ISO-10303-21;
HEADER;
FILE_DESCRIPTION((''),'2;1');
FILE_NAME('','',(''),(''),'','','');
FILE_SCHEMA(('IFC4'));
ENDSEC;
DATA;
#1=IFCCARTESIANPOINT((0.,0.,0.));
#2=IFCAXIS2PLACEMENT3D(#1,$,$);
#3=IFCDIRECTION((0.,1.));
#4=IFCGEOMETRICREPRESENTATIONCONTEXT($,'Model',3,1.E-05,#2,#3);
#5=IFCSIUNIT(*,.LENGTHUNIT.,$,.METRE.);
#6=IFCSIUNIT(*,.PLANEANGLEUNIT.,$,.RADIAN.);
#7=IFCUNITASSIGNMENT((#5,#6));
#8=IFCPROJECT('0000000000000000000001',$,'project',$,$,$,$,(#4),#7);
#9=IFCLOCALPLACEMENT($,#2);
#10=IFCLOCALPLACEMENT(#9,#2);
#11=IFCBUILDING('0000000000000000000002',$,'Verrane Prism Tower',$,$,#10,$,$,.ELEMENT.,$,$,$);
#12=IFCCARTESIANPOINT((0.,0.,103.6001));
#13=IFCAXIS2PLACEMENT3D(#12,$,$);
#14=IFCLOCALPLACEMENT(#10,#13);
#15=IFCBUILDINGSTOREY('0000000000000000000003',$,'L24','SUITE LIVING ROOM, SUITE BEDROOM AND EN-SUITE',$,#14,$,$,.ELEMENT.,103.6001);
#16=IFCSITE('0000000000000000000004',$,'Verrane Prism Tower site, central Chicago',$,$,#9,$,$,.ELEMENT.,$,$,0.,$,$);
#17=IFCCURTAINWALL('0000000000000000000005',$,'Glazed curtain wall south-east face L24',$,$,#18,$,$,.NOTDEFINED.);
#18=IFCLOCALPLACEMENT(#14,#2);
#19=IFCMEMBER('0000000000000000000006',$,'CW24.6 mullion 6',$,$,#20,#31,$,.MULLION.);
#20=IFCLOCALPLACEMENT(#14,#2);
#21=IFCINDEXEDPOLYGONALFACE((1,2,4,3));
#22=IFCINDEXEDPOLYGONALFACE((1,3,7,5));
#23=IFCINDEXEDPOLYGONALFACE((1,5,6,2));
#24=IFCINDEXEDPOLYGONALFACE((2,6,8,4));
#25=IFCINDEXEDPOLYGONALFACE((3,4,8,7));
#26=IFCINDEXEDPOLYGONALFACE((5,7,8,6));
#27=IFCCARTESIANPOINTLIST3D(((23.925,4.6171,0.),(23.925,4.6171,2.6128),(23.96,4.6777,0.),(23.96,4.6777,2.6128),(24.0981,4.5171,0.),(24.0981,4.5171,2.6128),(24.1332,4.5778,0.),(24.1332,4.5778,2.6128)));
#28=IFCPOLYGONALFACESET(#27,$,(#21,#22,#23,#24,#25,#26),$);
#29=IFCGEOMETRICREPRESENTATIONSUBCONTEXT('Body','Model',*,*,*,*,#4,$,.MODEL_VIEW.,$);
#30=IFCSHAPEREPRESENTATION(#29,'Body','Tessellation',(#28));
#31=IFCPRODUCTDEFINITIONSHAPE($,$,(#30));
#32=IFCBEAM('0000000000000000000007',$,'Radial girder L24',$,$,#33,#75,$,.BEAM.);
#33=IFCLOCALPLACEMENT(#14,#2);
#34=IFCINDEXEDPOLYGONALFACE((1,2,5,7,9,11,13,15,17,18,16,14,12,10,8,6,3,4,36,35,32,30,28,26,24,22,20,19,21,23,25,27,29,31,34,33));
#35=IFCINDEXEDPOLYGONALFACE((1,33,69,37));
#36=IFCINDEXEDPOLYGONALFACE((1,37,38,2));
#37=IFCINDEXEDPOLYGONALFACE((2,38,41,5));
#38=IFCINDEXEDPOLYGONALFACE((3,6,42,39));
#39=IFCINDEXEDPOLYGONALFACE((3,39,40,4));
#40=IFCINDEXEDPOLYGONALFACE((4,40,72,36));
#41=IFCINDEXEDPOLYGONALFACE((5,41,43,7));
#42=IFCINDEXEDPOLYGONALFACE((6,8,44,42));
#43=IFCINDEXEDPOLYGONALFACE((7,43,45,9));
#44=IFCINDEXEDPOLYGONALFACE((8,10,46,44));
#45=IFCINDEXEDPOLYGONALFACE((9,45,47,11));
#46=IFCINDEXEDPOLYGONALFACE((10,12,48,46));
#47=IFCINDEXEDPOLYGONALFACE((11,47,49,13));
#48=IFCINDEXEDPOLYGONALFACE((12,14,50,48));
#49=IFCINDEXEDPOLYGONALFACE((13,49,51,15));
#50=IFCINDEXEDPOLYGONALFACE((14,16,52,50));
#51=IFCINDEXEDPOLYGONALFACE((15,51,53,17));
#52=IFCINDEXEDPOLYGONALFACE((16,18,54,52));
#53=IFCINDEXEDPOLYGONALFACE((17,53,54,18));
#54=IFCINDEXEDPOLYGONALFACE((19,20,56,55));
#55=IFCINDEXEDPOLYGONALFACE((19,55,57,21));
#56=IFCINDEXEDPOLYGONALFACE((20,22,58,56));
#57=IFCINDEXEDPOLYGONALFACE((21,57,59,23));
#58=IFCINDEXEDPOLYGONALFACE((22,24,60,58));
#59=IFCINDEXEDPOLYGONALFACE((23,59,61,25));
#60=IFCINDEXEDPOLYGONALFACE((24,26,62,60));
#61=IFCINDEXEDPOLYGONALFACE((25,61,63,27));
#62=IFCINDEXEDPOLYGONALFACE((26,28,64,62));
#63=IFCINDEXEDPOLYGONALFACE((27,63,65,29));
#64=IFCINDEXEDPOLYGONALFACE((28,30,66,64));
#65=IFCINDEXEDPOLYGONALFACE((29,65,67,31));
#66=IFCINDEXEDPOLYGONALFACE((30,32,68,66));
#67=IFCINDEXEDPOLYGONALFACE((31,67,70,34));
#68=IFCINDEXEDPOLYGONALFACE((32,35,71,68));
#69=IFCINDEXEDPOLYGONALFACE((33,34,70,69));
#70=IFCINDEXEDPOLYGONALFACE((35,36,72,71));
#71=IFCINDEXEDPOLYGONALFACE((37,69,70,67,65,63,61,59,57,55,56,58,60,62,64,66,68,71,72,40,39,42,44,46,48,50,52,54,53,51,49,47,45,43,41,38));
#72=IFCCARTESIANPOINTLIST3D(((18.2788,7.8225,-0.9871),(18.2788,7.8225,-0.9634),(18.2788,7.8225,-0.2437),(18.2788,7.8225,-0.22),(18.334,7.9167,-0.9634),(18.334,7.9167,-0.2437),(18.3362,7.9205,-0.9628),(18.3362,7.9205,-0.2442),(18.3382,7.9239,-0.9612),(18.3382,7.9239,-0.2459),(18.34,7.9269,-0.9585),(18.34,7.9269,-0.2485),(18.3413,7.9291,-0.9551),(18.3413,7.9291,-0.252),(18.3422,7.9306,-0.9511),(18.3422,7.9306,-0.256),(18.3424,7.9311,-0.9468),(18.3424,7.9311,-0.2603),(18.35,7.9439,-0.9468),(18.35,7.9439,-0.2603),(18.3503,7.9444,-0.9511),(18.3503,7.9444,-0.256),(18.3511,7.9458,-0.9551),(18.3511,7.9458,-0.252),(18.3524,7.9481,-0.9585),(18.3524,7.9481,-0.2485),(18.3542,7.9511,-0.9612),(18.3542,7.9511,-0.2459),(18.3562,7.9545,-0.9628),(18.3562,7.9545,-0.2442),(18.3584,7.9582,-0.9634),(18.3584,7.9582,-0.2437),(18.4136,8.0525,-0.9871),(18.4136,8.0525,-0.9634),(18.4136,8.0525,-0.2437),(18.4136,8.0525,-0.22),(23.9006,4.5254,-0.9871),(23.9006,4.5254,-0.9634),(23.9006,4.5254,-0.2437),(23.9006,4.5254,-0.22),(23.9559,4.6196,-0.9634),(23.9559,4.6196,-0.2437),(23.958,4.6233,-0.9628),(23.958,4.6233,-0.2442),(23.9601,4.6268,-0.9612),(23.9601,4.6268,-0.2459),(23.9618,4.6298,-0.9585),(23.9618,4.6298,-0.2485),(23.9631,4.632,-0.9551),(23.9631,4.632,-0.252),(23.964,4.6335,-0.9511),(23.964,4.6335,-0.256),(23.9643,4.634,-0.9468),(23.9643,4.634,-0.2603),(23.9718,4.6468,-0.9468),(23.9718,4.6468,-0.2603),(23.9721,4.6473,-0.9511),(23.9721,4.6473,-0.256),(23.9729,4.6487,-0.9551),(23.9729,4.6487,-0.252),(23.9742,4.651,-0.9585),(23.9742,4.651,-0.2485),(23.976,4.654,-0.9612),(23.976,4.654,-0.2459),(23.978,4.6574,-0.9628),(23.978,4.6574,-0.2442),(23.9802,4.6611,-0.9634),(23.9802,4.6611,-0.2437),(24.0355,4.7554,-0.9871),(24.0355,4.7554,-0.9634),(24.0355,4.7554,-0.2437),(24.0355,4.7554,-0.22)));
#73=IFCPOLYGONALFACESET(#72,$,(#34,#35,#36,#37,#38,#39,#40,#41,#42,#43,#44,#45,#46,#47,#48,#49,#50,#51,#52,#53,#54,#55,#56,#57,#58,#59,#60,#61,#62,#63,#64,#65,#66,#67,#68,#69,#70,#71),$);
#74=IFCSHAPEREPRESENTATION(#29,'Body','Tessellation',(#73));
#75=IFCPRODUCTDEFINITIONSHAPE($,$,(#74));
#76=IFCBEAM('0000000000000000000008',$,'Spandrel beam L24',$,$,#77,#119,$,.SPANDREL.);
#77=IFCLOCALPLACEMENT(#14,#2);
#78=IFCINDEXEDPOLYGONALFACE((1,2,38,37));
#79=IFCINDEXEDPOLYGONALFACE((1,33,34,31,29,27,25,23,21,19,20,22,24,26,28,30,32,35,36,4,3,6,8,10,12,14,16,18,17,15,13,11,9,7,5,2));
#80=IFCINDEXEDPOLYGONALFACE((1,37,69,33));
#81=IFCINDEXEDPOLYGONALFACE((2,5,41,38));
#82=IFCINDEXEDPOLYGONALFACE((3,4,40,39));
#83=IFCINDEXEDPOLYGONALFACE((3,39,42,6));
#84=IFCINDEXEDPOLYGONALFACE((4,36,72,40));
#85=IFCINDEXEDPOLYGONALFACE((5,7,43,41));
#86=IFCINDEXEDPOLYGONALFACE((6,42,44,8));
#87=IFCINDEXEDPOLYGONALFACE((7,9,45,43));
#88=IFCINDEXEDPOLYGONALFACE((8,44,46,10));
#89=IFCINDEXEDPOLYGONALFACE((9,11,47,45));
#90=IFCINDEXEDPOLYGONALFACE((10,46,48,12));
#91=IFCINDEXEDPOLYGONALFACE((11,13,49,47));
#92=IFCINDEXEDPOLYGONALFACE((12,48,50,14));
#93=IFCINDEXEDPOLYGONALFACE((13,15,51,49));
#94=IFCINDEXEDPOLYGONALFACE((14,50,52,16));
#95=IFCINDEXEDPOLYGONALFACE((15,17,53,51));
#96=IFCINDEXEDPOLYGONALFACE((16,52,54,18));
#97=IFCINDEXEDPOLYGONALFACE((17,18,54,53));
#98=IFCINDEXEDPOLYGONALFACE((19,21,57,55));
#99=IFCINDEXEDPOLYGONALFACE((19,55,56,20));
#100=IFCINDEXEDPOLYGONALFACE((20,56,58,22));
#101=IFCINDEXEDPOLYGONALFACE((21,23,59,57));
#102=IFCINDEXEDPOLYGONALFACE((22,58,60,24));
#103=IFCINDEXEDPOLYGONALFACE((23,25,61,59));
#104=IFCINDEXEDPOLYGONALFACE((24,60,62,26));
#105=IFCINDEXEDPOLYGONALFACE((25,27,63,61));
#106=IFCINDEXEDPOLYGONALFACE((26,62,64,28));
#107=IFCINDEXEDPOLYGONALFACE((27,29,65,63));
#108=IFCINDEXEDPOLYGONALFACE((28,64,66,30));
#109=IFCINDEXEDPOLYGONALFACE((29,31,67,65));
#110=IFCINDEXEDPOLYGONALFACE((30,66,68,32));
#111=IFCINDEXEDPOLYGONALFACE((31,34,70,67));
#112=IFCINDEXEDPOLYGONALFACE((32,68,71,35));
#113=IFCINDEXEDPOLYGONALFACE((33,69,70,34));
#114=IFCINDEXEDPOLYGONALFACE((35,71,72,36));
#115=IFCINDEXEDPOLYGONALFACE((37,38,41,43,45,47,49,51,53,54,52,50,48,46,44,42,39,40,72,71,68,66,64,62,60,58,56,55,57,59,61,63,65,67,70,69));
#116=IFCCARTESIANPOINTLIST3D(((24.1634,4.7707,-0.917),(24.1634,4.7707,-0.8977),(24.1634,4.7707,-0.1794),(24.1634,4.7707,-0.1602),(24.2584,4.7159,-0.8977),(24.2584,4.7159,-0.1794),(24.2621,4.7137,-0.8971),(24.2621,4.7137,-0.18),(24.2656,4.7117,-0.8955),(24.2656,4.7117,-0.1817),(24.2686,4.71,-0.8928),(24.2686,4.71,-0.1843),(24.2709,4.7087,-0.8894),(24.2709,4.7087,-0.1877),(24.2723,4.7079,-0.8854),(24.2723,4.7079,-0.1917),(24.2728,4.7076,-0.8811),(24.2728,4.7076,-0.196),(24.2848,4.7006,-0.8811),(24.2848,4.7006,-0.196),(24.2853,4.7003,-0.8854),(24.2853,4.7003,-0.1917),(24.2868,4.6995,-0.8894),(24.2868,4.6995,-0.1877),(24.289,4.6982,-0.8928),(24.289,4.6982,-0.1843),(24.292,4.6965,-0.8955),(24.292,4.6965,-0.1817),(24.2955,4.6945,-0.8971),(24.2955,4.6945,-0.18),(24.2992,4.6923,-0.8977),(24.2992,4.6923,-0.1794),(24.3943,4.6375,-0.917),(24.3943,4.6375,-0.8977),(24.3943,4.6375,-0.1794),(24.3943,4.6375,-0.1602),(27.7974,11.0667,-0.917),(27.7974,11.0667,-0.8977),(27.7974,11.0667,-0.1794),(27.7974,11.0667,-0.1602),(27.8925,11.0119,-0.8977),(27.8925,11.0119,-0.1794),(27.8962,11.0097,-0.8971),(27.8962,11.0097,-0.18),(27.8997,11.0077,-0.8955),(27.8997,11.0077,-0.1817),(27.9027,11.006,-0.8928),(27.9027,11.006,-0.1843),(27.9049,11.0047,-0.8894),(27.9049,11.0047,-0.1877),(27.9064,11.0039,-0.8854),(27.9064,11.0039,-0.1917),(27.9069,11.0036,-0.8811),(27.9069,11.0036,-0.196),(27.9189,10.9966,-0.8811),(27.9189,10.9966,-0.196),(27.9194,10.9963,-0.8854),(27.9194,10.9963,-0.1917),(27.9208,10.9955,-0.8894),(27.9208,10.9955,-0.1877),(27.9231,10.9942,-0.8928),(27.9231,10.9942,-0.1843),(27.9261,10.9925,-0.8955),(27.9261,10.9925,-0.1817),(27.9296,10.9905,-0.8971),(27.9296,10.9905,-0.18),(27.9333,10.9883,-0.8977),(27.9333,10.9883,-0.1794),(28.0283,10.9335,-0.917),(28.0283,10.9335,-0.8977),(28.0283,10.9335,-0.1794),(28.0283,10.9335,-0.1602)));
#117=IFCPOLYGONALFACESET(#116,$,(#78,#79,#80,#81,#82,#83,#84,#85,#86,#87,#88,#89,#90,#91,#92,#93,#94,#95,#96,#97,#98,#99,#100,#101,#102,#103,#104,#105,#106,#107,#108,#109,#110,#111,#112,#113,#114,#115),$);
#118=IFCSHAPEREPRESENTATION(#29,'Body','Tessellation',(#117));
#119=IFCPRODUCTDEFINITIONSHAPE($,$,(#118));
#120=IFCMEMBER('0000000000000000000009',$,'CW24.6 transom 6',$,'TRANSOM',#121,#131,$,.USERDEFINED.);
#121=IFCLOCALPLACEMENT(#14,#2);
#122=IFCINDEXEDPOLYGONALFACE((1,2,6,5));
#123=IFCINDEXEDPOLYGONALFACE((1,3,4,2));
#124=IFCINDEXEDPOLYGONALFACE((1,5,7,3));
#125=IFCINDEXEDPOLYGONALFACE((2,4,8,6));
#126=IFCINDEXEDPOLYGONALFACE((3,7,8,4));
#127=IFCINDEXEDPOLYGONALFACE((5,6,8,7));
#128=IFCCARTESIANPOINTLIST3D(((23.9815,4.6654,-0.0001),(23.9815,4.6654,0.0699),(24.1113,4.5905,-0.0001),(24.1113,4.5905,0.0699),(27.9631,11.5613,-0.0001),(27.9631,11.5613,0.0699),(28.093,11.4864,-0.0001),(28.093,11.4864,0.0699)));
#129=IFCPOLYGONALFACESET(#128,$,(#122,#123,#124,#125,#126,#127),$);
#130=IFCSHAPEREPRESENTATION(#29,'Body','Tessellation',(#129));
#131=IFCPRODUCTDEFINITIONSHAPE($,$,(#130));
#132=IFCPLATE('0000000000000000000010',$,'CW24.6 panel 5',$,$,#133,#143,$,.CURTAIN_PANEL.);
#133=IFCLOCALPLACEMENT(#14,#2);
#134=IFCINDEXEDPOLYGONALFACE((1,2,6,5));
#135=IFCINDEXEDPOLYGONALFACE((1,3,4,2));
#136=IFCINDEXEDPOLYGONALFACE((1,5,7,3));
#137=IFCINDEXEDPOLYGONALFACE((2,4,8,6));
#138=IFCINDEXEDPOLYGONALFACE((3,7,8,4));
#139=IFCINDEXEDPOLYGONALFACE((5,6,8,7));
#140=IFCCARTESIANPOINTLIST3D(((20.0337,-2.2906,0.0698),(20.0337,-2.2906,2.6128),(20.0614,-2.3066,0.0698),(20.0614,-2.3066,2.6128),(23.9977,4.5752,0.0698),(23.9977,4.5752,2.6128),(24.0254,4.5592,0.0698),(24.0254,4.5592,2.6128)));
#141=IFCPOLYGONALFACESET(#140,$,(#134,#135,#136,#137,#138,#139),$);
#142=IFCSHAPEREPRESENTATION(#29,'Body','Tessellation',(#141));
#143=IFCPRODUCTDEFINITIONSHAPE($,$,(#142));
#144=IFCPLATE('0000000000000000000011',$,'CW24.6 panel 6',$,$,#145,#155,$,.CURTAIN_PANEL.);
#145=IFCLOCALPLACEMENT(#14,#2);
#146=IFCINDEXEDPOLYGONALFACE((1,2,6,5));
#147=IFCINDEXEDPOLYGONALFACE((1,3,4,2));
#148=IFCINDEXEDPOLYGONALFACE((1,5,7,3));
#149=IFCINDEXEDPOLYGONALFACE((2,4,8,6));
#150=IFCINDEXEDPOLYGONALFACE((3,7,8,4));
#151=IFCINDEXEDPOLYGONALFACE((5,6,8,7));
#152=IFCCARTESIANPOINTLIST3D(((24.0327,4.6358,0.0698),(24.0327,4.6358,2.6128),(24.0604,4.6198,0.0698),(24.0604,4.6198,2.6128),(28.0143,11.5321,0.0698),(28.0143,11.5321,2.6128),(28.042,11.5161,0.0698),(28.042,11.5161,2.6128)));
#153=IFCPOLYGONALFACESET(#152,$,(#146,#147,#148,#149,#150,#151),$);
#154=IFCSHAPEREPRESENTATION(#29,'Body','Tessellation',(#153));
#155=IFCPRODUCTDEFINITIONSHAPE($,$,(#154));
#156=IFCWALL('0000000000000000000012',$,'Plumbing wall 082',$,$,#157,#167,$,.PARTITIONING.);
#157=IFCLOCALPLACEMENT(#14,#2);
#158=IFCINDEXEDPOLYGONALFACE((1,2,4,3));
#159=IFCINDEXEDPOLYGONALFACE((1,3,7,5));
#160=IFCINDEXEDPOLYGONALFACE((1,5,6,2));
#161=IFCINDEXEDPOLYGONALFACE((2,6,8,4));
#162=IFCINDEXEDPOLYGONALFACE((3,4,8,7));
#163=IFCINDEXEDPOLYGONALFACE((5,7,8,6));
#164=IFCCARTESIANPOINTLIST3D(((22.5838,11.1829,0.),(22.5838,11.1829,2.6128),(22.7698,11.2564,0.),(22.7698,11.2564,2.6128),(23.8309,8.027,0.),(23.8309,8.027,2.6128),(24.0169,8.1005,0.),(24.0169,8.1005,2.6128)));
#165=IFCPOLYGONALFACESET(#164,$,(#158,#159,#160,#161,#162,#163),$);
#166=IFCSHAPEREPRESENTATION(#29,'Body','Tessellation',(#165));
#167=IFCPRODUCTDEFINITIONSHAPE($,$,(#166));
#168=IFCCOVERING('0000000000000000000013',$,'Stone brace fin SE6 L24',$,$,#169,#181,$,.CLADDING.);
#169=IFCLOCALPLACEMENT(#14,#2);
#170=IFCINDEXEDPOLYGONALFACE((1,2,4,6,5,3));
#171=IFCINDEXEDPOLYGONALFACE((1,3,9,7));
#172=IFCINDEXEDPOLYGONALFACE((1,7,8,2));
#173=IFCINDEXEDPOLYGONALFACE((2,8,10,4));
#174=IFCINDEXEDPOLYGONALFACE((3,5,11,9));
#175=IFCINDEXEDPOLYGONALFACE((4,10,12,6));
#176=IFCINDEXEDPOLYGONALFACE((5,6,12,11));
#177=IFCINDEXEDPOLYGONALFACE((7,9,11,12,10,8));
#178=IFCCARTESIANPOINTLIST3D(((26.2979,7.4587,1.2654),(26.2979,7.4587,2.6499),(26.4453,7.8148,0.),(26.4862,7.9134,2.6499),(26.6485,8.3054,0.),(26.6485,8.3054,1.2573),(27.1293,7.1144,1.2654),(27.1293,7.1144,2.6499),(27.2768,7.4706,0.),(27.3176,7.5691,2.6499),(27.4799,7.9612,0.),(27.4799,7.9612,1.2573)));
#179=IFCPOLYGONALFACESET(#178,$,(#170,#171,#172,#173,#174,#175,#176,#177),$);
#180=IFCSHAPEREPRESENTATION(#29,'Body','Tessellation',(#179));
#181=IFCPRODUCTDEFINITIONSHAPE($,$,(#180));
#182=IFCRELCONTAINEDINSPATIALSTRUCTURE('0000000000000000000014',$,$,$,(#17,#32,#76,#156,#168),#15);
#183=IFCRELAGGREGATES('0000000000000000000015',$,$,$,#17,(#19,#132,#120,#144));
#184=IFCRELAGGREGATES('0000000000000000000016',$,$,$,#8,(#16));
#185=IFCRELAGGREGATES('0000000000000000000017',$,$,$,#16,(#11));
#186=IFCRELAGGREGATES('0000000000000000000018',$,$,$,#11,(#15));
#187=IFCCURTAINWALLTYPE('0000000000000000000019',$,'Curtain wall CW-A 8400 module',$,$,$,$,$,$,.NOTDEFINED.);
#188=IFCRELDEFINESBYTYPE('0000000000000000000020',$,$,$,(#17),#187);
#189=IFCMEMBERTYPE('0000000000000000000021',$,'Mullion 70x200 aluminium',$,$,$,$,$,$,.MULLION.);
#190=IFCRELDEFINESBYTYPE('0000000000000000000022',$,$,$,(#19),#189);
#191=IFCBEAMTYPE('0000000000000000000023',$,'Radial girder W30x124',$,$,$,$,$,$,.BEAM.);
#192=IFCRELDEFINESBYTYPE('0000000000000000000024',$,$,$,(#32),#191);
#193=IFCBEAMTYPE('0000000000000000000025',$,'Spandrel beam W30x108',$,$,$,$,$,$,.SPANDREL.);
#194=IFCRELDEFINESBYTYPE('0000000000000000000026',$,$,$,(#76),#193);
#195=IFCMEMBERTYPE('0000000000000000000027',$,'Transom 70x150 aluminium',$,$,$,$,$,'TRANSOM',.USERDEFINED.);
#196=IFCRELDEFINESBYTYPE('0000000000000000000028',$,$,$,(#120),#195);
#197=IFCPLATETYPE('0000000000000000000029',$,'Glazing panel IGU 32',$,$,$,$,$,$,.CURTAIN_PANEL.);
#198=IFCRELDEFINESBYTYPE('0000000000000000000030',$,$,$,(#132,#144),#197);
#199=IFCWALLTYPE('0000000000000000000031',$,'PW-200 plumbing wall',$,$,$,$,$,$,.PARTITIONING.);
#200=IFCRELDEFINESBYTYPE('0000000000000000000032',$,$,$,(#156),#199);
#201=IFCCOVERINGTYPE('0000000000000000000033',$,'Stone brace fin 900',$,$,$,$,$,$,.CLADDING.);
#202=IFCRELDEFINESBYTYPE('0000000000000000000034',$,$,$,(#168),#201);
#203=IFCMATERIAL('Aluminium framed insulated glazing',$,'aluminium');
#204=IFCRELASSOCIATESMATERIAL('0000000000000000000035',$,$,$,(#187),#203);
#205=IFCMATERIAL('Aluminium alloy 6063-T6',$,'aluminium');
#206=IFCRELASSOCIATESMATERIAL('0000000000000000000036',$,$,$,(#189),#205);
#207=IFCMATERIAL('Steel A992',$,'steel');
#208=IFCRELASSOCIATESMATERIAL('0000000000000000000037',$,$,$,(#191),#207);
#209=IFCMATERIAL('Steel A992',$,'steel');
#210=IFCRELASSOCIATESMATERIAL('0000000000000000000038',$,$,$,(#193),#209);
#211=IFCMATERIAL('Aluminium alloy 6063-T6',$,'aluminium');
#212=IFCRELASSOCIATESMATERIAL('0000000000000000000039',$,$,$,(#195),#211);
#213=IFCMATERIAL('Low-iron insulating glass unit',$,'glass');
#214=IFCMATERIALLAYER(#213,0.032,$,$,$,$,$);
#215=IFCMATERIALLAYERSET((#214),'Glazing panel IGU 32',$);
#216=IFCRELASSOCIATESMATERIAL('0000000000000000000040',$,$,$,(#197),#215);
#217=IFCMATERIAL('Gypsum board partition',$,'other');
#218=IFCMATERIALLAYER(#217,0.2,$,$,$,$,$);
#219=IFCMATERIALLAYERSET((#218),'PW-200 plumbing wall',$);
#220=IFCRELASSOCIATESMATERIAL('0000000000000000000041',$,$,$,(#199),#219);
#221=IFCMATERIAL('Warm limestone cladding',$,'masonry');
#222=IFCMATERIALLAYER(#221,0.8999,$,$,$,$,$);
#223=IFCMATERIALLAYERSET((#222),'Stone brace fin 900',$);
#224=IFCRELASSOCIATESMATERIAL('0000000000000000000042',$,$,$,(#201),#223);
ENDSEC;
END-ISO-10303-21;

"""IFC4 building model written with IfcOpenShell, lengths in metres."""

from ifc_helpers import new_model, si_unit, direction, frame, frame_2d, origin, origin_2d, place, context, subcontext, project, spatial, polyline, rectangle, i_section, outline, extrude, material, layer, layer_set, material_profile, profile_set, type_object, element, aggregate, save


model = new_model("IFC4")

# Units and contexts
model_context = context("Model", 3, precision=1e-05, world=origin(), true_north=direction((0.0, 1.0)))
body_context = subcontext(model_context, "Body", "Model", "MODEL_VIEW")
ifc_project = project(units=[si_unit("LENGTHUNIT", "METRE"), si_unit("PLANEANGLEUNIT", "RADIAN")], contexts=[model_context])

# Site, building, storey
site_placement = place(None, origin())
site = spatial("IfcSite", under=ifc_project, at=site_placement, Name="Verrane Prism Tower site, central Chicago", CompositionType="ELEMENT", RefElevation=0.0)
building_placement = place(site_placement, origin())
building = spatial("IfcBuilding", under=site, at=building_placement, Name="Verrane Prism Tower", CompositionType="ELEMENT")
storey_placement = place(building_placement, frame((0.0, 0.0, 103.6001)))
storey = spatial("IfcBuildingStorey", under=building, at=storey_placement, Name="L24", Description="SUITE LIVING ROOM, SUITE BEDROOM AND EN-SUITE", CompositionType="ELEMENT", Elevation=103.6001)

# Curtain wall, member
ifc_material_1 = material(Name="Aluminium framed insulated glazing", Category="aluminium")
curtain_wall_type = type_object("IfcCurtainWallType", Name="Curtain wall CW-A 8400 module", PredefinedType="NOTDEFINED", material=ifc_material_1)
curtain_wall_placement = place(storey_placement, origin())
curtain_wall = element("IfcCurtainWall", 1, at=curtain_wall_placement, inside=storey, type_object=curtain_wall_type, Name="Glazed curtain wall south-east face L24", PredefinedType="NOTDEFINED")
ifc_material_2 = material(Name="Aluminium alloy 6063-T6", Category="aluminium")
ifc_material_profile_1 = material_profile(ifc_material_2, rectangle(XDim=0.2, YDim=0.0701, at=origin_2d()), Name="Mullion 70x200 aluminium")
ifc_profile_set_1 = profile_set([ifc_material_profile_1], Name="Aluminium alloy 6063-T6")
member_type_1 = type_object("IfcMemberType", Name="Mullion 70x200 aluminium", PredefinedType="MULLION", material=ifc_profile_set_1)
member_1_placement = place(storey_placement, frame((24.0291, 4.5974, 0.0), z_axis=(0.0, 0.0, 1.0), x_axis=(-0.866025, 0.5, 0.0)))
member_1 = element("IfcMember", 2, at=member_1_placement, type_object=member_type_1, Name="CW24.6 mullion 6", PredefinedType="MULLION", context=body_context, shape_type="SweptSolid", body=[
    extrude(rectangle(XDim=0.2, YDim=0.0701, at=origin_2d()), origin(), (0.0, 0.0, 1.0), 2.6128),
])

# Beams
ifc_material_3 = material(Name="Steel A992", Category="steel")
ifc_material_profile_2 = material_profile(ifc_material_3, i_section(OverallWidth=0.2666, OverallDepth=0.7671, WebThickness=0.0149, FlangeThickness=0.0237, FilletRadius=0.0166, at=origin_2d()), Name="W30x124")
ifc_profile_set_2 = profile_set([ifc_material_profile_2], Name="Steel A992")
beam_type_1 = type_object("IfcBeamType", Name="Radial girder W30x124", PredefinedType="BEAM", material=ifc_profile_set_2)
beam_1_placement = place(storey_placement, frame((23.968, 4.6404, -0.6035), z_axis=(-0.862593, 0.505898, 0.0), x_axis=(-0.505898, -0.862593, 0.0)))
element("IfcBeam", 3, at=beam_1_placement, inside=storey, type_object=beam_type_1, Name="Radial girder L24", PredefinedType="BEAM", context=body_context, shape_type="SweptSolid", body=[
    extrude(i_section(OverallWidth=0.2666, OverallDepth=0.7671, WebThickness=0.0149, FlangeThickness=0.0237, FilletRadius=0.0166, at=origin_2d()), origin(), (0.0, 0.0, 1.0), 6.5173),
])
ifc_material_4 = material(Name="Steel A992", Category="steel")
ifc_material_profile_3 = material_profile(ifc_material_4, i_section(OverallWidth=0.2666, OverallDepth=0.7568, WebThickness=0.0139, FlangeThickness=0.0193, FilletRadius=0.0166, at=origin_2d()), Name="W30x108")
ifc_profile_set_3 = profile_set([ifc_material_profile_3], Name="Steel A992")
beam_type_2 = type_object("IfcBeamType", Name="Spandrel beam W30x108", PredefinedType="SPANDREL", material=ifc_profile_set_3)
beam_2_placement = place(storey_placement, frame((24.2788, 4.7041, -0.5386), z_axis=(0.499907, 0.866079, 0.0), x_axis=(-0.866079, 0.499907, 0.0)))
element("IfcBeam", 4, at=beam_2_placement, inside=storey, type_object=beam_type_2, Name="Spandrel beam L24", PredefinedType="SPANDREL", context=body_context, shape_type="SweptSolid", body=[
    extrude(i_section(OverallWidth=0.2666, OverallDepth=0.7568, WebThickness=0.0139, FlangeThickness=0.0193, FilletRadius=0.0166, at=origin_2d()), origin(), (0.0, 0.0, 1.0), 7.2695),
])

# Member
ifc_material_5 = material(Name="Aluminium alloy 6063-T6", Category="aluminium")
ifc_material_profile_4 = material_profile(ifc_material_5, rectangle(XDim=0.1499, YDim=0.0701, at=origin_2d()), Name="Transom 70x150 aluminium")
ifc_profile_set_4 = profile_set([ifc_material_profile_4], Name="Aluminium alloy 6063-T6")
member_type_2 = type_object("IfcMemberType", Name="Transom 70x150 aluminium", ElementType="TRANSOM", PredefinedType="USERDEFINED", material=ifc_profile_set_4)
member_2_placement = place(storey_placement, frame((24.0464, 4.6279, 0.0349), z_axis=(0.500027, 0.86601, 0.0), x_axis=(-0.86601, 0.500027, 0.0)))
member_2 = element("IfcMember", 5, at=member_2_placement, type_object=member_type_2, Name="CW24.6 transom 6", ObjectType="TRANSOM", PredefinedType="USERDEFINED", context=body_context, shape_type="SweptSolid", body=[
    extrude(rectangle(XDim=0.1499, YDim=0.0701, at=origin_2d()), origin(), (0.0, 0.0, 1.0), 7.9629),
])

# Plates
ifc_material_6 = material(Name="Low-iron insulating glass unit", Category="glass")
ifc_layer_1 = layer(ifc_material_6, 0.032)
ifc_layer_set_1 = layer_set([ifc_layer_1], Name="Glazing panel IGU 32")
plate_type = type_object("IfcPlateType", Name="Glazing panel IGU 32", PredefinedType="CURTAIN_PANEL", material=ifc_layer_set_1)
plate_1_placement = place(storey_placement, frame((22.0295, 1.1343, 0.0698), z_axis=(0.0, 0.0, 1.0), x_axis=(0.5, 0.866025, 0.0)))
plate_1 = element("IfcPlate", 6, at=plate_1_placement, type_object=plate_type, Name="CW24.6 panel 5", PredefinedType="CURTAIN_PANEL", context=body_context, shape_type="SweptSolid", body=[
    extrude(rectangle(XDim=7.928, YDim=0.032, at=origin_2d()), origin(), (0.0, 0.0, 1.0), 2.543),
])
plate_2_placement = place(storey_placement, frame((26.0374, 8.0759, 0.0698), z_axis=(0.0, 0.0, 1.0), x_axis=(0.5, 0.866025, 0.0)))
plate_2 = element("IfcPlate", 7, at=plate_2_placement, type_object=plate_type, Name="CW24.6 panel 6", PredefinedType="CURTAIN_PANEL", context=body_context, shape_type="SweptSolid", body=[
    extrude(rectangle(XDim=7.9631, YDim=0.032, at=origin_2d()), origin(), (0.0, 0.0, 1.0), 2.543),
])
aggregate(curtain_wall, [member_1, plate_1, member_2, plate_2])

# Wall
ifc_material_7 = material(Name="Gypsum board partition", Category="other")
ifc_layer_2 = layer(ifc_material_7, 0.2)
ifc_layer_set_2 = layer_set([ifc_layer_2], Name="PW-200 plumbing wall")
wall_type = type_object("IfcWallType", Name="PW-200 plumbing wall", PredefinedType="PARTITIONING", material=ifc_layer_set_2)
wall_placement = place(storey_placement, frame((22.6768, 11.2197, 0.0), z_axis=(0.0, 0.0, 1.0), x_axis=(0.367517, -0.930017, 0.0)))
element("IfcWall", 8, at=wall_placement, inside=storey, type_object=wall_type, Name="Plumbing wall 082", PredefinedType="PARTITIONING", context=body_context, shape_type="SweptSolid", body=[
    extrude(rectangle(XDim=3.3933, YDim=0.2, at=frame_2d((1.6968, 0.0))), origin(), (0.0, 0.0, 1.0), 2.6128),
])

# Covering
ifc_material_8 = material(Name="Warm limestone cladding", Category="masonry")
ifc_layer_3 = layer(ifc_material_8, 0.8999)
ifc_layer_set_3 = layer_set([ifc_layer_3], Name="Stone brace fin 900")
covering_type = type_object("IfcCoveringType", Name="Stone brace fin 900", PredefinedType="CLADDING", material=ifc_layer_set_3)
covering_placement = place(storey_placement, frame((27.0642, 8.1333, 0.0), z_axis=(0.0, 0.0, 1.0), x_axis=(-0.382571, -0.923926, 0.0)))
element("IfcCovering", 9, at=covering_placement, inside=storey, type_object=covering_type, Name="Stone brace fin SE6 L24", PredefinedType="CLADDING", context=body_context, shape_type="SweptSolid", body=[
    extrude(outline(polyline([(0.9165, 2.6499), (0.4243, 2.6499), (0.0, 1.2573), (0.0, 0.0), (0.531, 0.0), (0.9165, 1.2654), (0.9165, 2.6499)])), frame((0.0, 0.45, 0.0), z_axis=(0.0, -1.0, 0.0), x_axis=(1.0, 0.0, 0.0)), (0.0, 0.0, 1.0), 0.8999),
])

save(model, "model.ifc")
